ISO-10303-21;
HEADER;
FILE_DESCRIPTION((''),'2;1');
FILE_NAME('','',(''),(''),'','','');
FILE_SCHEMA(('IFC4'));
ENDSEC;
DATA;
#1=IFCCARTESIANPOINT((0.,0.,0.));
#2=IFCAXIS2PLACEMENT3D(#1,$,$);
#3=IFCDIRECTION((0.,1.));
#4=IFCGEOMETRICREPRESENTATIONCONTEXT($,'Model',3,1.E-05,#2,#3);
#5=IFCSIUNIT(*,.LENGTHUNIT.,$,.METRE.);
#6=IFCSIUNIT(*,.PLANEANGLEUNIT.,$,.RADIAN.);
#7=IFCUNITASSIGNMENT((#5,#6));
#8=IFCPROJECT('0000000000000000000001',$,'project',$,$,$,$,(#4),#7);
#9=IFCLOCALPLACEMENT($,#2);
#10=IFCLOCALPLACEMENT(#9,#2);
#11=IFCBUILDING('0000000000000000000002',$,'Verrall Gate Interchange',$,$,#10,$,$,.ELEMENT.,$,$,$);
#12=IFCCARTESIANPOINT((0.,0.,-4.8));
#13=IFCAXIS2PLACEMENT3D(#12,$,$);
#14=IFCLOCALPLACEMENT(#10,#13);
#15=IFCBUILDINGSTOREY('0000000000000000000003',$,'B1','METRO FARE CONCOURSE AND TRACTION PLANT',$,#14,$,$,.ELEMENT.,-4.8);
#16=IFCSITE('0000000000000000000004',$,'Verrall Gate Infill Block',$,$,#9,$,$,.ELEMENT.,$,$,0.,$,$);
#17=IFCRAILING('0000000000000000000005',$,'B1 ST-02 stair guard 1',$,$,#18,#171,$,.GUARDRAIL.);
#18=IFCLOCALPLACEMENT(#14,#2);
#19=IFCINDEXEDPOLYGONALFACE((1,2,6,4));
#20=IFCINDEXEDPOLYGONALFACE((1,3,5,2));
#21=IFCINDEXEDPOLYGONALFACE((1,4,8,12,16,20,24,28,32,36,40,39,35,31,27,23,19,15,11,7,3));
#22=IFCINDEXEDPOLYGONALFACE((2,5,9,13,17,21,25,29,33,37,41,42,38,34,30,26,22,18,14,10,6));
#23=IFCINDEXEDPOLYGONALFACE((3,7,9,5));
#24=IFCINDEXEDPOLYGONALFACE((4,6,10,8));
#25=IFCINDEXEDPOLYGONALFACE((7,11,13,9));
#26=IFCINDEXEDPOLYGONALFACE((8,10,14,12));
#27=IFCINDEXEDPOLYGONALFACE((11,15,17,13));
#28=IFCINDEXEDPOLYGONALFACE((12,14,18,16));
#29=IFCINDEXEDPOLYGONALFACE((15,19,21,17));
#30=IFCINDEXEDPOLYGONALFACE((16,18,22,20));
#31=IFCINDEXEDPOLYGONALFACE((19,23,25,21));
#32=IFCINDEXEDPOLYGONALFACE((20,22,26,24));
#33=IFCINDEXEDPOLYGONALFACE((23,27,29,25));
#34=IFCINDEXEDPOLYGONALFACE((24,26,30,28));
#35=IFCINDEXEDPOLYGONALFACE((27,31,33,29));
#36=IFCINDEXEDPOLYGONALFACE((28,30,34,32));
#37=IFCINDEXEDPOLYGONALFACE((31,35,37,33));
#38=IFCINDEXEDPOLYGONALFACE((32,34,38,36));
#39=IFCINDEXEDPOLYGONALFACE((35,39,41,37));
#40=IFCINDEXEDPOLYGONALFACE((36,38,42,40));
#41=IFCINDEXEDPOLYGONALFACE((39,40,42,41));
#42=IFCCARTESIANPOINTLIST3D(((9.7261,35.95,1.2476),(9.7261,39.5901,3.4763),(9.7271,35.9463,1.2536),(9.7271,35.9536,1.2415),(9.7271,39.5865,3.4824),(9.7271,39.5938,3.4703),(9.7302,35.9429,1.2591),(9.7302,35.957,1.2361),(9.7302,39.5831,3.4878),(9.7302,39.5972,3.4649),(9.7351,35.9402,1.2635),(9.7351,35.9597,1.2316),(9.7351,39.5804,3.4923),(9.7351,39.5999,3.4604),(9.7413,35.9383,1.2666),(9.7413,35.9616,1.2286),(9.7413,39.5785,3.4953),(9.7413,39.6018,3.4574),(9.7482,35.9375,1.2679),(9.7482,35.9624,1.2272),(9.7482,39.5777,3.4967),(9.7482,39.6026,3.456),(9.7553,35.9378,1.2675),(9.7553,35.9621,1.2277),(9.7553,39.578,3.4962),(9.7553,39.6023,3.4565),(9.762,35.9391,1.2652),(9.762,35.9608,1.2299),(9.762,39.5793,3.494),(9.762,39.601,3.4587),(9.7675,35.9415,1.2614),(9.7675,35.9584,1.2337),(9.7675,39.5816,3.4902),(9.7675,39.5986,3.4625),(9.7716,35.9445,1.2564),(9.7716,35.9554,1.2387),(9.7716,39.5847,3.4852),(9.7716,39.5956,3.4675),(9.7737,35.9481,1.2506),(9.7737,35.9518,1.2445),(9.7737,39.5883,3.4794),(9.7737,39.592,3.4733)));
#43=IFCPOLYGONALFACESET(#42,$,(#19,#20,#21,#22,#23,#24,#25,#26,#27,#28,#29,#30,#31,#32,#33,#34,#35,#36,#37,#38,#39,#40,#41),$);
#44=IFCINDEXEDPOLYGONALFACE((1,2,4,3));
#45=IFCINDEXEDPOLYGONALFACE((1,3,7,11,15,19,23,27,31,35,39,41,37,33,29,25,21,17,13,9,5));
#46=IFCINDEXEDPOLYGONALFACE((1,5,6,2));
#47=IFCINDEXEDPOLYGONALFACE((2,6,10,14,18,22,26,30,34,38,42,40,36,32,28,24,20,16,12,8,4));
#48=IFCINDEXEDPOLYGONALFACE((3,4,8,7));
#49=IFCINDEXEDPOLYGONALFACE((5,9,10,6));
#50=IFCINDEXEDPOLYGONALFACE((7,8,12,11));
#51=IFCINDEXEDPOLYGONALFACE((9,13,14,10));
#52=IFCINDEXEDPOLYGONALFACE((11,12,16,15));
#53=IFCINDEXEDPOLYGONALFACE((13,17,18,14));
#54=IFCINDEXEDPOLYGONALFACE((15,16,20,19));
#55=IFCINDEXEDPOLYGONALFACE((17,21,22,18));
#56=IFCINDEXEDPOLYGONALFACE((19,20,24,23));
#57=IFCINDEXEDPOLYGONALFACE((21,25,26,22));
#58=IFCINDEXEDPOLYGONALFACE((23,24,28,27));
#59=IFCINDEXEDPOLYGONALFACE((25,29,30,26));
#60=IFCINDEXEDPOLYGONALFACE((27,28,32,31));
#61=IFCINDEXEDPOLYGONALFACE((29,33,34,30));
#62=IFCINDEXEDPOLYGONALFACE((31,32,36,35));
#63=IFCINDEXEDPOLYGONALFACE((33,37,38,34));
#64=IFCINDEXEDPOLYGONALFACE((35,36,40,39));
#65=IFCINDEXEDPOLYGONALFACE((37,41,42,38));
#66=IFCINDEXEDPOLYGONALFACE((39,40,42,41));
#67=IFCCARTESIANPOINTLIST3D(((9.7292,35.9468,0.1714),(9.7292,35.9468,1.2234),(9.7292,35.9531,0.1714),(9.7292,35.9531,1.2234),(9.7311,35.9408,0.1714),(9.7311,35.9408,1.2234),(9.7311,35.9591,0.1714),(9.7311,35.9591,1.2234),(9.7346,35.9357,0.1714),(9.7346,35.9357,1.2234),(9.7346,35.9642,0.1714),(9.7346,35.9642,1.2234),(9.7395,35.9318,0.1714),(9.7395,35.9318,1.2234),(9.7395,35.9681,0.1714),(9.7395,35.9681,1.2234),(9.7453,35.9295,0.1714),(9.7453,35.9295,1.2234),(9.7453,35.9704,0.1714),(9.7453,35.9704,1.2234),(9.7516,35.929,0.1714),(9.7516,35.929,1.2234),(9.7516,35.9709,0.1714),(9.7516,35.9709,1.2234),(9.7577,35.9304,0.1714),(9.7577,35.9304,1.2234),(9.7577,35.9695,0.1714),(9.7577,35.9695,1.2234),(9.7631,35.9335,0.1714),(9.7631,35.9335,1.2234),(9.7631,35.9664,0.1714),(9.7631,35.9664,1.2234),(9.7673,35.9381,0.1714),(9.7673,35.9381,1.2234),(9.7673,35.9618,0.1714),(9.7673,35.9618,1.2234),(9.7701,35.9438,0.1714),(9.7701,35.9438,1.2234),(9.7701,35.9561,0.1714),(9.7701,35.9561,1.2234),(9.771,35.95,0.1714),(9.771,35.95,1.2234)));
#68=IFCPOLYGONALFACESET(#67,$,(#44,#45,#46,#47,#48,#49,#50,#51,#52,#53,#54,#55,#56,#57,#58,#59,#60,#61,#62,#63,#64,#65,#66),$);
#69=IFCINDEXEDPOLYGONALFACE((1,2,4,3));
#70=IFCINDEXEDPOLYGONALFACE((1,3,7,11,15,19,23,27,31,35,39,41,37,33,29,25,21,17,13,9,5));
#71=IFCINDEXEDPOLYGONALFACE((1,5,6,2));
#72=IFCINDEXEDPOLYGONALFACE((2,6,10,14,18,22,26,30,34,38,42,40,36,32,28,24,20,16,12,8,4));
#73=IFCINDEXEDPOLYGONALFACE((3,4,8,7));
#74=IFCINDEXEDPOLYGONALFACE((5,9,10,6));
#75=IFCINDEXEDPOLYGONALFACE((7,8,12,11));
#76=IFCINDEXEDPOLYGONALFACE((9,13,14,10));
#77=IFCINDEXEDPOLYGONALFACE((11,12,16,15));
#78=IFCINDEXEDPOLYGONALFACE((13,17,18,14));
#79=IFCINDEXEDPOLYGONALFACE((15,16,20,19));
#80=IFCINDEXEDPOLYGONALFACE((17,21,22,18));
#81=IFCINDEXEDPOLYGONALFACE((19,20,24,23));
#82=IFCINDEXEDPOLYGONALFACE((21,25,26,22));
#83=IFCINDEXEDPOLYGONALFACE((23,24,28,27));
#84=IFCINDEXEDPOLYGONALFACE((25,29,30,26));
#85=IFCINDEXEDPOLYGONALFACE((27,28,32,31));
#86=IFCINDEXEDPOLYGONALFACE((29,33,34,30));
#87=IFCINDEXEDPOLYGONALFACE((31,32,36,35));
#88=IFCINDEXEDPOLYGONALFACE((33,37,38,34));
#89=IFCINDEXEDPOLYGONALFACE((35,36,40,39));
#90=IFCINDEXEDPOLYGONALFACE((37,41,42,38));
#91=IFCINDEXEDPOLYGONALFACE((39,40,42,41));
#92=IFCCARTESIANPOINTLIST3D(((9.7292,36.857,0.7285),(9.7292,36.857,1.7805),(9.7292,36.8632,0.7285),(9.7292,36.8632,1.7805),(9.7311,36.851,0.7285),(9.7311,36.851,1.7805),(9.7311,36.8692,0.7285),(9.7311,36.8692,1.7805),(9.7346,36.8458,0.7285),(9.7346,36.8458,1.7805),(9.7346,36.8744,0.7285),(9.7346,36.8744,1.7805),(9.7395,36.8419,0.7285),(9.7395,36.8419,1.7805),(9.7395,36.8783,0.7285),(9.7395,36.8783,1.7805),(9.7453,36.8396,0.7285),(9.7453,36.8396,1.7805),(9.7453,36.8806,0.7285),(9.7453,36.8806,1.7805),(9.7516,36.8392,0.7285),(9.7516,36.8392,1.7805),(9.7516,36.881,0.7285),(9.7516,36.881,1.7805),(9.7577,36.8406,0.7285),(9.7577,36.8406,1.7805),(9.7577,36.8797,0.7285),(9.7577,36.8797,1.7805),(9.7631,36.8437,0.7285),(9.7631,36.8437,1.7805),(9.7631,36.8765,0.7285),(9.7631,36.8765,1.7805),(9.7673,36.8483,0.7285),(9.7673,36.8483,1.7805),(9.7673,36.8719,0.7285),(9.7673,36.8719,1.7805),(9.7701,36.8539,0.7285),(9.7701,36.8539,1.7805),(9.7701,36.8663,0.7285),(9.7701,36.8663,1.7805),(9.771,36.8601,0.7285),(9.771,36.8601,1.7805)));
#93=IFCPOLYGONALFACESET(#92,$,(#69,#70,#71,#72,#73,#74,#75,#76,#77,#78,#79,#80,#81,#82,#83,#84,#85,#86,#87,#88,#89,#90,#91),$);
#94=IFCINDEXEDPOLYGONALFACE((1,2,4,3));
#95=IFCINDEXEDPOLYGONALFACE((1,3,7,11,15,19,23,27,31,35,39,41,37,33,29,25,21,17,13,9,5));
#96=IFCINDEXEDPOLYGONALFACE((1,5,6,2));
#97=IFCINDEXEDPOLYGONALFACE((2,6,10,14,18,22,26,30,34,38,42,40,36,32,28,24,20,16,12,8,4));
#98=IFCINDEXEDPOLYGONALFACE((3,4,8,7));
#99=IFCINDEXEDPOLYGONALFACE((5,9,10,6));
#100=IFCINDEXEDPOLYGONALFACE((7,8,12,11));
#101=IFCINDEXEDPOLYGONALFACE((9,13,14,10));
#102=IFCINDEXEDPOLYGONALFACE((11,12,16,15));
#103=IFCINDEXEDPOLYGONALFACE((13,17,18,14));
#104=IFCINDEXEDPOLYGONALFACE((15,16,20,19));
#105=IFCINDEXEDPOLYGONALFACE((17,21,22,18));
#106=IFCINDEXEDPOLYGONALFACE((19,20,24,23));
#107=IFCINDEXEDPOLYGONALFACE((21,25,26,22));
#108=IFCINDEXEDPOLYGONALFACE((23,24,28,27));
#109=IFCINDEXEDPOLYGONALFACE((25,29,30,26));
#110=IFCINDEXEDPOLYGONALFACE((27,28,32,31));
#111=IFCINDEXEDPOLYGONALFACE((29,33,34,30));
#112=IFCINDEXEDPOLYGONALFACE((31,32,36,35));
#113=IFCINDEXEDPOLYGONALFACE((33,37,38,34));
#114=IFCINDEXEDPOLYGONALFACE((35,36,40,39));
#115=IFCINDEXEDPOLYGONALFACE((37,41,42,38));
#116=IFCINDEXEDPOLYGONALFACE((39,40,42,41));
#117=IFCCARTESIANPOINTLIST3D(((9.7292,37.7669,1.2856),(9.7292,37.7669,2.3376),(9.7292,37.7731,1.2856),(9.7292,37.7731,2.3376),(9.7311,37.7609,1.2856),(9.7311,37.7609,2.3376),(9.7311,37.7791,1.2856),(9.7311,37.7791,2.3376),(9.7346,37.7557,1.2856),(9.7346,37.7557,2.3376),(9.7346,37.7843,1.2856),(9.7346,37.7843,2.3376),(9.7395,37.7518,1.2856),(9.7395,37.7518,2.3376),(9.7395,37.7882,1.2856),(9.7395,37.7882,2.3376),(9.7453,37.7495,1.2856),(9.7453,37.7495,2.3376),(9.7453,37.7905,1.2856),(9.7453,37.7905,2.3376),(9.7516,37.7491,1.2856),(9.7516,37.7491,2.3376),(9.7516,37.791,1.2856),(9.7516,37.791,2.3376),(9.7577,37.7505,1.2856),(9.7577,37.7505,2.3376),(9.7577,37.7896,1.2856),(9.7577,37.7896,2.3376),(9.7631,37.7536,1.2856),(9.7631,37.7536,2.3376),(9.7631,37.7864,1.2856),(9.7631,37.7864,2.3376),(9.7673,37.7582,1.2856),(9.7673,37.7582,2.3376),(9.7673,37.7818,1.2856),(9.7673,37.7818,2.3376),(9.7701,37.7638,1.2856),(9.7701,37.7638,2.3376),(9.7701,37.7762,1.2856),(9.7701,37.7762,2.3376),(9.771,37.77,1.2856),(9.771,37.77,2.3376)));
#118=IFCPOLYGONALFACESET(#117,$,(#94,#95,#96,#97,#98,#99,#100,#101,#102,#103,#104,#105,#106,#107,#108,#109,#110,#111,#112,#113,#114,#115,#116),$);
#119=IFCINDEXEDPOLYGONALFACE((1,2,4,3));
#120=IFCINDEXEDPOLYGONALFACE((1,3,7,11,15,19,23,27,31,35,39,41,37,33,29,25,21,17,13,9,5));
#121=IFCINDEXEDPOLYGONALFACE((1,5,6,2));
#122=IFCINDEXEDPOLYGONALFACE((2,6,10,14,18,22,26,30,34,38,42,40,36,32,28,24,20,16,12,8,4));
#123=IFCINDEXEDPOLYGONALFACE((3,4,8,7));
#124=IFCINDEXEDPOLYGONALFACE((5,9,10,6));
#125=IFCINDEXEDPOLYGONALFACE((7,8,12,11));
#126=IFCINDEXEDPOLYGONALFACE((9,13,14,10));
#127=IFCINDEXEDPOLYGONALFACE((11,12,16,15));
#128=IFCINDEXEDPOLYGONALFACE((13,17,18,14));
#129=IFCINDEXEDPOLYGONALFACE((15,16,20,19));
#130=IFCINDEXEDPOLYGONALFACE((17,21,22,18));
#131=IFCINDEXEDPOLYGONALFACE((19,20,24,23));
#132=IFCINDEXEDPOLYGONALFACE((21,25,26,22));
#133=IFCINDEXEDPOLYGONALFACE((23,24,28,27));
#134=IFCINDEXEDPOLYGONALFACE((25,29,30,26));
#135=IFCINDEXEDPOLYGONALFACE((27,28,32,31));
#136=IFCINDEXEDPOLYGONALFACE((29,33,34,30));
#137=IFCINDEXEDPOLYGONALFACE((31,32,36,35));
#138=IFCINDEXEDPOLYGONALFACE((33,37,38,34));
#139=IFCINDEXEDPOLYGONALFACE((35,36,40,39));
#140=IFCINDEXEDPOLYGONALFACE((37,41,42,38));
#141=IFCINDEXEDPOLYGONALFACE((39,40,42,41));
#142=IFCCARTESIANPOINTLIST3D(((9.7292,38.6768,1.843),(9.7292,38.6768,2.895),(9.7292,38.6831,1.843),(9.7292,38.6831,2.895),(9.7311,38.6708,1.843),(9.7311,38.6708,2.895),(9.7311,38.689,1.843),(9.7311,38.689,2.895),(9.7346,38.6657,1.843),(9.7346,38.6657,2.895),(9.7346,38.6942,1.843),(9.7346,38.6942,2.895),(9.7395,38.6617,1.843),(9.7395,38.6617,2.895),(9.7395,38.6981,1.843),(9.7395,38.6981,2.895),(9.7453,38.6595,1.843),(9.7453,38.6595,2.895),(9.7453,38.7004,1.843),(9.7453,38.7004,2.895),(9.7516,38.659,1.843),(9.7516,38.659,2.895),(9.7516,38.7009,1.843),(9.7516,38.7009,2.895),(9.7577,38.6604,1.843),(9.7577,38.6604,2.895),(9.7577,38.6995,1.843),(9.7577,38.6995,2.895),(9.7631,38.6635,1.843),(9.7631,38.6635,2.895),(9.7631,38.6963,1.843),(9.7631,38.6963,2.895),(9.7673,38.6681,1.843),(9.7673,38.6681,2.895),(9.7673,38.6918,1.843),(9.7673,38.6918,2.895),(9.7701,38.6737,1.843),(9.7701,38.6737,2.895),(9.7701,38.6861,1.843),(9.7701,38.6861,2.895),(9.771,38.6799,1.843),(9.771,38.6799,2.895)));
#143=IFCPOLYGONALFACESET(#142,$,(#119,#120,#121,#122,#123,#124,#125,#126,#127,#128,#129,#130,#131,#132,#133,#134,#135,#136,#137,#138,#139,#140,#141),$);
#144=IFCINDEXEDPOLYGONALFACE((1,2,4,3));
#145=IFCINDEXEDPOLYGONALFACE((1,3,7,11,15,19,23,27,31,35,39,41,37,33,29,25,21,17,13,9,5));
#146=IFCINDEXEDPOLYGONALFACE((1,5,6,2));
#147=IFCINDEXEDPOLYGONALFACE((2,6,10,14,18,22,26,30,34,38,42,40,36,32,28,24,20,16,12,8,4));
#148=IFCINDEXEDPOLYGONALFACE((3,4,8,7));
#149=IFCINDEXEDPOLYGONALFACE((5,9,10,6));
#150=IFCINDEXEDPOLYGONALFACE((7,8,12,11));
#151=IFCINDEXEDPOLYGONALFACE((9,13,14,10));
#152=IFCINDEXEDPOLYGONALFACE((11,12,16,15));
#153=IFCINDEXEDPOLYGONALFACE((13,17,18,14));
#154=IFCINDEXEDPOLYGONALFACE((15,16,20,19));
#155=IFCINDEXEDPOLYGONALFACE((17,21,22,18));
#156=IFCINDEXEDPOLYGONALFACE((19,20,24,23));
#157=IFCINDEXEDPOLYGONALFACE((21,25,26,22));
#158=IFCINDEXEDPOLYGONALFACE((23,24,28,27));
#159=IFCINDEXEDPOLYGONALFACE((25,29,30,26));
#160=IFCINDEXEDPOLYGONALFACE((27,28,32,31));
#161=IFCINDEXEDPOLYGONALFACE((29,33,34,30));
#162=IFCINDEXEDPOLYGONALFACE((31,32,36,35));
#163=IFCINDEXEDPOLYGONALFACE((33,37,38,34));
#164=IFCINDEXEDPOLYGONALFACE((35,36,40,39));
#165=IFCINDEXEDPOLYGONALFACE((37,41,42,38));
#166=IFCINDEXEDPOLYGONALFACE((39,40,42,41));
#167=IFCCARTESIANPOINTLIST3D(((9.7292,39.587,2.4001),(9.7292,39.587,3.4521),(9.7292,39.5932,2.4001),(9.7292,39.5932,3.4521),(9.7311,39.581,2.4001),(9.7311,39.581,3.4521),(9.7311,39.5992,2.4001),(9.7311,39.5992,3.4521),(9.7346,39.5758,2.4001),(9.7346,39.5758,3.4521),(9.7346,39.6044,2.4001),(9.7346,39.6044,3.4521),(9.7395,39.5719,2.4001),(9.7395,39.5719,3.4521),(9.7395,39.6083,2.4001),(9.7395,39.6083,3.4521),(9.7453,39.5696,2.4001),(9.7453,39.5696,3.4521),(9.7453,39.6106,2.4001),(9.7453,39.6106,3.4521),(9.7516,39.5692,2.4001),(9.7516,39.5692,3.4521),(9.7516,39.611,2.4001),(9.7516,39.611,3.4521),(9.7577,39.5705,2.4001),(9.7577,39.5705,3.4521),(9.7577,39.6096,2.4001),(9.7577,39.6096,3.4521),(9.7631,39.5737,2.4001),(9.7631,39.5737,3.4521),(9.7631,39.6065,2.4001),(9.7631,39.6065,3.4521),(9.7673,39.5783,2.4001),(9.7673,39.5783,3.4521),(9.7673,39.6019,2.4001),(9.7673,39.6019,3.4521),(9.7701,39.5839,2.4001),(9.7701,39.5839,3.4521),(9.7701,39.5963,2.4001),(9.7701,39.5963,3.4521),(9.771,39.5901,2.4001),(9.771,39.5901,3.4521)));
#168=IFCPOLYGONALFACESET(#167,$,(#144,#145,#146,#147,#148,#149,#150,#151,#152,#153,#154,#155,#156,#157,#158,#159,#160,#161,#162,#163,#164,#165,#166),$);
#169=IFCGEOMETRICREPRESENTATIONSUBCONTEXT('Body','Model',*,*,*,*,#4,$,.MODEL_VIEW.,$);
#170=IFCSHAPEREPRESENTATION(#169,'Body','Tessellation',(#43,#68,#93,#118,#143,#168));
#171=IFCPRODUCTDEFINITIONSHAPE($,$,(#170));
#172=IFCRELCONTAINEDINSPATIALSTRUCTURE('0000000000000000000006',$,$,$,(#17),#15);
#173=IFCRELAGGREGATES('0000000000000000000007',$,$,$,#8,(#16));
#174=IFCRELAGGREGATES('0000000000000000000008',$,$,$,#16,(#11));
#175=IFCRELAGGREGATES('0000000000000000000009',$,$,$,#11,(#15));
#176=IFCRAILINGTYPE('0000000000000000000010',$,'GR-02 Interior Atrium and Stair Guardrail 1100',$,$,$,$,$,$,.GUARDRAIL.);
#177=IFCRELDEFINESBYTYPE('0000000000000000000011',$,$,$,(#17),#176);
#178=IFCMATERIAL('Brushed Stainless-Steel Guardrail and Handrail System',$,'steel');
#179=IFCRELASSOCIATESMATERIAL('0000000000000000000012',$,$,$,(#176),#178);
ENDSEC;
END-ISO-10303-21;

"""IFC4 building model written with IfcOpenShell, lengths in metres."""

from ifc_helpers import new_model, si_unit, direction, frame, origin, origin_2d, place, context, subcontext, project, spatial, circle, extrude, material, type_object, element, save


model = new_model("IFC4")

# Units and contexts
model_context = context("Model", 3, precision=1e-05, world=origin(), true_north=direction((0.0, 1.0)))
body_context = subcontext(model_context, "Body", "Model", "MODEL_VIEW")
ifc_project = project(units=[si_unit("LENGTHUNIT", "METRE"), si_unit("PLANEANGLEUNIT", "RADIAN")], contexts=[model_context])

# Site, building, storey
site_placement = place(None, origin())
site = spatial("IfcSite", under=ifc_project, at=site_placement, Name="Verrall Gate Infill Block", CompositionType="ELEMENT", RefElevation=0.0)
building_placement = place(site_placement, origin())
building = spatial("IfcBuilding", under=site, at=building_placement, Name="Verrall Gate Interchange", CompositionType="ELEMENT")
storey_placement = place(building_placement, frame((0.0, 0.0, -4.8)))
storey = spatial("IfcBuildingStorey", under=building, at=storey_placement, Name="B1", Description="METRO FARE CONCOURSE AND TRACTION PLANT", CompositionType="ELEMENT", Elevation=-4.8)

# Railing
ifc_material_1 = material(Name="Brushed Stainless-Steel Guardrail and Handrail System", Category="steel")
railing_type_1 = type_object("IfcRailingType", Name="GR-02 Interior Atrium and Stair Guardrail 1100", PredefinedType="GUARDRAIL", material=ifc_material_1)
railing_1_placement = place(storey_placement, frame((9.75, 35.95, 0.1714)))
element("IfcRailing", 1, at=railing_1_placement, inside=storey, type_object=railing_type_1, Name="B1 ST-02 stair guard 1", PredefinedType="GUARDRAIL", context=body_context, shape_type="SweptSolid", body=[
    extrude(circle(Radius=0.0239, at=origin_2d()), frame((0.0, 0.0, 1.0762), z_axis=(0.0, 0.85284, 0.522172), x_axis=(-1.0, 0.0, 0.0)), (0.0, 0.0, 1.0), 4.2683),
    extrude(circle(Radius=0.021, at=origin_2d()), origin(), (0.0, 0.0, 1.0), 1.052),
    extrude(circle(Radius=0.021, at=origin_2d()), frame((0.0, 0.9102, 0.5571)), (0.0, 0.0, 1.0), 1.052),
    extrude(circle(Radius=0.021, at=origin_2d()), frame((0.0, 1.8201, 1.1143)), (0.0, 0.0, 1.0), 1.052),
    extrude(circle(Radius=0.021, at=origin_2d()), frame((0.0, 2.73, 1.6716)), (0.0, 0.0, 1.0), 1.052),
    extrude(circle(Radius=0.021, at=origin_2d()), frame((0.0, 3.6401, 2.2288)), (0.0, 0.0, 1.0), 1.052),
])

save(model, "model.ifc")
